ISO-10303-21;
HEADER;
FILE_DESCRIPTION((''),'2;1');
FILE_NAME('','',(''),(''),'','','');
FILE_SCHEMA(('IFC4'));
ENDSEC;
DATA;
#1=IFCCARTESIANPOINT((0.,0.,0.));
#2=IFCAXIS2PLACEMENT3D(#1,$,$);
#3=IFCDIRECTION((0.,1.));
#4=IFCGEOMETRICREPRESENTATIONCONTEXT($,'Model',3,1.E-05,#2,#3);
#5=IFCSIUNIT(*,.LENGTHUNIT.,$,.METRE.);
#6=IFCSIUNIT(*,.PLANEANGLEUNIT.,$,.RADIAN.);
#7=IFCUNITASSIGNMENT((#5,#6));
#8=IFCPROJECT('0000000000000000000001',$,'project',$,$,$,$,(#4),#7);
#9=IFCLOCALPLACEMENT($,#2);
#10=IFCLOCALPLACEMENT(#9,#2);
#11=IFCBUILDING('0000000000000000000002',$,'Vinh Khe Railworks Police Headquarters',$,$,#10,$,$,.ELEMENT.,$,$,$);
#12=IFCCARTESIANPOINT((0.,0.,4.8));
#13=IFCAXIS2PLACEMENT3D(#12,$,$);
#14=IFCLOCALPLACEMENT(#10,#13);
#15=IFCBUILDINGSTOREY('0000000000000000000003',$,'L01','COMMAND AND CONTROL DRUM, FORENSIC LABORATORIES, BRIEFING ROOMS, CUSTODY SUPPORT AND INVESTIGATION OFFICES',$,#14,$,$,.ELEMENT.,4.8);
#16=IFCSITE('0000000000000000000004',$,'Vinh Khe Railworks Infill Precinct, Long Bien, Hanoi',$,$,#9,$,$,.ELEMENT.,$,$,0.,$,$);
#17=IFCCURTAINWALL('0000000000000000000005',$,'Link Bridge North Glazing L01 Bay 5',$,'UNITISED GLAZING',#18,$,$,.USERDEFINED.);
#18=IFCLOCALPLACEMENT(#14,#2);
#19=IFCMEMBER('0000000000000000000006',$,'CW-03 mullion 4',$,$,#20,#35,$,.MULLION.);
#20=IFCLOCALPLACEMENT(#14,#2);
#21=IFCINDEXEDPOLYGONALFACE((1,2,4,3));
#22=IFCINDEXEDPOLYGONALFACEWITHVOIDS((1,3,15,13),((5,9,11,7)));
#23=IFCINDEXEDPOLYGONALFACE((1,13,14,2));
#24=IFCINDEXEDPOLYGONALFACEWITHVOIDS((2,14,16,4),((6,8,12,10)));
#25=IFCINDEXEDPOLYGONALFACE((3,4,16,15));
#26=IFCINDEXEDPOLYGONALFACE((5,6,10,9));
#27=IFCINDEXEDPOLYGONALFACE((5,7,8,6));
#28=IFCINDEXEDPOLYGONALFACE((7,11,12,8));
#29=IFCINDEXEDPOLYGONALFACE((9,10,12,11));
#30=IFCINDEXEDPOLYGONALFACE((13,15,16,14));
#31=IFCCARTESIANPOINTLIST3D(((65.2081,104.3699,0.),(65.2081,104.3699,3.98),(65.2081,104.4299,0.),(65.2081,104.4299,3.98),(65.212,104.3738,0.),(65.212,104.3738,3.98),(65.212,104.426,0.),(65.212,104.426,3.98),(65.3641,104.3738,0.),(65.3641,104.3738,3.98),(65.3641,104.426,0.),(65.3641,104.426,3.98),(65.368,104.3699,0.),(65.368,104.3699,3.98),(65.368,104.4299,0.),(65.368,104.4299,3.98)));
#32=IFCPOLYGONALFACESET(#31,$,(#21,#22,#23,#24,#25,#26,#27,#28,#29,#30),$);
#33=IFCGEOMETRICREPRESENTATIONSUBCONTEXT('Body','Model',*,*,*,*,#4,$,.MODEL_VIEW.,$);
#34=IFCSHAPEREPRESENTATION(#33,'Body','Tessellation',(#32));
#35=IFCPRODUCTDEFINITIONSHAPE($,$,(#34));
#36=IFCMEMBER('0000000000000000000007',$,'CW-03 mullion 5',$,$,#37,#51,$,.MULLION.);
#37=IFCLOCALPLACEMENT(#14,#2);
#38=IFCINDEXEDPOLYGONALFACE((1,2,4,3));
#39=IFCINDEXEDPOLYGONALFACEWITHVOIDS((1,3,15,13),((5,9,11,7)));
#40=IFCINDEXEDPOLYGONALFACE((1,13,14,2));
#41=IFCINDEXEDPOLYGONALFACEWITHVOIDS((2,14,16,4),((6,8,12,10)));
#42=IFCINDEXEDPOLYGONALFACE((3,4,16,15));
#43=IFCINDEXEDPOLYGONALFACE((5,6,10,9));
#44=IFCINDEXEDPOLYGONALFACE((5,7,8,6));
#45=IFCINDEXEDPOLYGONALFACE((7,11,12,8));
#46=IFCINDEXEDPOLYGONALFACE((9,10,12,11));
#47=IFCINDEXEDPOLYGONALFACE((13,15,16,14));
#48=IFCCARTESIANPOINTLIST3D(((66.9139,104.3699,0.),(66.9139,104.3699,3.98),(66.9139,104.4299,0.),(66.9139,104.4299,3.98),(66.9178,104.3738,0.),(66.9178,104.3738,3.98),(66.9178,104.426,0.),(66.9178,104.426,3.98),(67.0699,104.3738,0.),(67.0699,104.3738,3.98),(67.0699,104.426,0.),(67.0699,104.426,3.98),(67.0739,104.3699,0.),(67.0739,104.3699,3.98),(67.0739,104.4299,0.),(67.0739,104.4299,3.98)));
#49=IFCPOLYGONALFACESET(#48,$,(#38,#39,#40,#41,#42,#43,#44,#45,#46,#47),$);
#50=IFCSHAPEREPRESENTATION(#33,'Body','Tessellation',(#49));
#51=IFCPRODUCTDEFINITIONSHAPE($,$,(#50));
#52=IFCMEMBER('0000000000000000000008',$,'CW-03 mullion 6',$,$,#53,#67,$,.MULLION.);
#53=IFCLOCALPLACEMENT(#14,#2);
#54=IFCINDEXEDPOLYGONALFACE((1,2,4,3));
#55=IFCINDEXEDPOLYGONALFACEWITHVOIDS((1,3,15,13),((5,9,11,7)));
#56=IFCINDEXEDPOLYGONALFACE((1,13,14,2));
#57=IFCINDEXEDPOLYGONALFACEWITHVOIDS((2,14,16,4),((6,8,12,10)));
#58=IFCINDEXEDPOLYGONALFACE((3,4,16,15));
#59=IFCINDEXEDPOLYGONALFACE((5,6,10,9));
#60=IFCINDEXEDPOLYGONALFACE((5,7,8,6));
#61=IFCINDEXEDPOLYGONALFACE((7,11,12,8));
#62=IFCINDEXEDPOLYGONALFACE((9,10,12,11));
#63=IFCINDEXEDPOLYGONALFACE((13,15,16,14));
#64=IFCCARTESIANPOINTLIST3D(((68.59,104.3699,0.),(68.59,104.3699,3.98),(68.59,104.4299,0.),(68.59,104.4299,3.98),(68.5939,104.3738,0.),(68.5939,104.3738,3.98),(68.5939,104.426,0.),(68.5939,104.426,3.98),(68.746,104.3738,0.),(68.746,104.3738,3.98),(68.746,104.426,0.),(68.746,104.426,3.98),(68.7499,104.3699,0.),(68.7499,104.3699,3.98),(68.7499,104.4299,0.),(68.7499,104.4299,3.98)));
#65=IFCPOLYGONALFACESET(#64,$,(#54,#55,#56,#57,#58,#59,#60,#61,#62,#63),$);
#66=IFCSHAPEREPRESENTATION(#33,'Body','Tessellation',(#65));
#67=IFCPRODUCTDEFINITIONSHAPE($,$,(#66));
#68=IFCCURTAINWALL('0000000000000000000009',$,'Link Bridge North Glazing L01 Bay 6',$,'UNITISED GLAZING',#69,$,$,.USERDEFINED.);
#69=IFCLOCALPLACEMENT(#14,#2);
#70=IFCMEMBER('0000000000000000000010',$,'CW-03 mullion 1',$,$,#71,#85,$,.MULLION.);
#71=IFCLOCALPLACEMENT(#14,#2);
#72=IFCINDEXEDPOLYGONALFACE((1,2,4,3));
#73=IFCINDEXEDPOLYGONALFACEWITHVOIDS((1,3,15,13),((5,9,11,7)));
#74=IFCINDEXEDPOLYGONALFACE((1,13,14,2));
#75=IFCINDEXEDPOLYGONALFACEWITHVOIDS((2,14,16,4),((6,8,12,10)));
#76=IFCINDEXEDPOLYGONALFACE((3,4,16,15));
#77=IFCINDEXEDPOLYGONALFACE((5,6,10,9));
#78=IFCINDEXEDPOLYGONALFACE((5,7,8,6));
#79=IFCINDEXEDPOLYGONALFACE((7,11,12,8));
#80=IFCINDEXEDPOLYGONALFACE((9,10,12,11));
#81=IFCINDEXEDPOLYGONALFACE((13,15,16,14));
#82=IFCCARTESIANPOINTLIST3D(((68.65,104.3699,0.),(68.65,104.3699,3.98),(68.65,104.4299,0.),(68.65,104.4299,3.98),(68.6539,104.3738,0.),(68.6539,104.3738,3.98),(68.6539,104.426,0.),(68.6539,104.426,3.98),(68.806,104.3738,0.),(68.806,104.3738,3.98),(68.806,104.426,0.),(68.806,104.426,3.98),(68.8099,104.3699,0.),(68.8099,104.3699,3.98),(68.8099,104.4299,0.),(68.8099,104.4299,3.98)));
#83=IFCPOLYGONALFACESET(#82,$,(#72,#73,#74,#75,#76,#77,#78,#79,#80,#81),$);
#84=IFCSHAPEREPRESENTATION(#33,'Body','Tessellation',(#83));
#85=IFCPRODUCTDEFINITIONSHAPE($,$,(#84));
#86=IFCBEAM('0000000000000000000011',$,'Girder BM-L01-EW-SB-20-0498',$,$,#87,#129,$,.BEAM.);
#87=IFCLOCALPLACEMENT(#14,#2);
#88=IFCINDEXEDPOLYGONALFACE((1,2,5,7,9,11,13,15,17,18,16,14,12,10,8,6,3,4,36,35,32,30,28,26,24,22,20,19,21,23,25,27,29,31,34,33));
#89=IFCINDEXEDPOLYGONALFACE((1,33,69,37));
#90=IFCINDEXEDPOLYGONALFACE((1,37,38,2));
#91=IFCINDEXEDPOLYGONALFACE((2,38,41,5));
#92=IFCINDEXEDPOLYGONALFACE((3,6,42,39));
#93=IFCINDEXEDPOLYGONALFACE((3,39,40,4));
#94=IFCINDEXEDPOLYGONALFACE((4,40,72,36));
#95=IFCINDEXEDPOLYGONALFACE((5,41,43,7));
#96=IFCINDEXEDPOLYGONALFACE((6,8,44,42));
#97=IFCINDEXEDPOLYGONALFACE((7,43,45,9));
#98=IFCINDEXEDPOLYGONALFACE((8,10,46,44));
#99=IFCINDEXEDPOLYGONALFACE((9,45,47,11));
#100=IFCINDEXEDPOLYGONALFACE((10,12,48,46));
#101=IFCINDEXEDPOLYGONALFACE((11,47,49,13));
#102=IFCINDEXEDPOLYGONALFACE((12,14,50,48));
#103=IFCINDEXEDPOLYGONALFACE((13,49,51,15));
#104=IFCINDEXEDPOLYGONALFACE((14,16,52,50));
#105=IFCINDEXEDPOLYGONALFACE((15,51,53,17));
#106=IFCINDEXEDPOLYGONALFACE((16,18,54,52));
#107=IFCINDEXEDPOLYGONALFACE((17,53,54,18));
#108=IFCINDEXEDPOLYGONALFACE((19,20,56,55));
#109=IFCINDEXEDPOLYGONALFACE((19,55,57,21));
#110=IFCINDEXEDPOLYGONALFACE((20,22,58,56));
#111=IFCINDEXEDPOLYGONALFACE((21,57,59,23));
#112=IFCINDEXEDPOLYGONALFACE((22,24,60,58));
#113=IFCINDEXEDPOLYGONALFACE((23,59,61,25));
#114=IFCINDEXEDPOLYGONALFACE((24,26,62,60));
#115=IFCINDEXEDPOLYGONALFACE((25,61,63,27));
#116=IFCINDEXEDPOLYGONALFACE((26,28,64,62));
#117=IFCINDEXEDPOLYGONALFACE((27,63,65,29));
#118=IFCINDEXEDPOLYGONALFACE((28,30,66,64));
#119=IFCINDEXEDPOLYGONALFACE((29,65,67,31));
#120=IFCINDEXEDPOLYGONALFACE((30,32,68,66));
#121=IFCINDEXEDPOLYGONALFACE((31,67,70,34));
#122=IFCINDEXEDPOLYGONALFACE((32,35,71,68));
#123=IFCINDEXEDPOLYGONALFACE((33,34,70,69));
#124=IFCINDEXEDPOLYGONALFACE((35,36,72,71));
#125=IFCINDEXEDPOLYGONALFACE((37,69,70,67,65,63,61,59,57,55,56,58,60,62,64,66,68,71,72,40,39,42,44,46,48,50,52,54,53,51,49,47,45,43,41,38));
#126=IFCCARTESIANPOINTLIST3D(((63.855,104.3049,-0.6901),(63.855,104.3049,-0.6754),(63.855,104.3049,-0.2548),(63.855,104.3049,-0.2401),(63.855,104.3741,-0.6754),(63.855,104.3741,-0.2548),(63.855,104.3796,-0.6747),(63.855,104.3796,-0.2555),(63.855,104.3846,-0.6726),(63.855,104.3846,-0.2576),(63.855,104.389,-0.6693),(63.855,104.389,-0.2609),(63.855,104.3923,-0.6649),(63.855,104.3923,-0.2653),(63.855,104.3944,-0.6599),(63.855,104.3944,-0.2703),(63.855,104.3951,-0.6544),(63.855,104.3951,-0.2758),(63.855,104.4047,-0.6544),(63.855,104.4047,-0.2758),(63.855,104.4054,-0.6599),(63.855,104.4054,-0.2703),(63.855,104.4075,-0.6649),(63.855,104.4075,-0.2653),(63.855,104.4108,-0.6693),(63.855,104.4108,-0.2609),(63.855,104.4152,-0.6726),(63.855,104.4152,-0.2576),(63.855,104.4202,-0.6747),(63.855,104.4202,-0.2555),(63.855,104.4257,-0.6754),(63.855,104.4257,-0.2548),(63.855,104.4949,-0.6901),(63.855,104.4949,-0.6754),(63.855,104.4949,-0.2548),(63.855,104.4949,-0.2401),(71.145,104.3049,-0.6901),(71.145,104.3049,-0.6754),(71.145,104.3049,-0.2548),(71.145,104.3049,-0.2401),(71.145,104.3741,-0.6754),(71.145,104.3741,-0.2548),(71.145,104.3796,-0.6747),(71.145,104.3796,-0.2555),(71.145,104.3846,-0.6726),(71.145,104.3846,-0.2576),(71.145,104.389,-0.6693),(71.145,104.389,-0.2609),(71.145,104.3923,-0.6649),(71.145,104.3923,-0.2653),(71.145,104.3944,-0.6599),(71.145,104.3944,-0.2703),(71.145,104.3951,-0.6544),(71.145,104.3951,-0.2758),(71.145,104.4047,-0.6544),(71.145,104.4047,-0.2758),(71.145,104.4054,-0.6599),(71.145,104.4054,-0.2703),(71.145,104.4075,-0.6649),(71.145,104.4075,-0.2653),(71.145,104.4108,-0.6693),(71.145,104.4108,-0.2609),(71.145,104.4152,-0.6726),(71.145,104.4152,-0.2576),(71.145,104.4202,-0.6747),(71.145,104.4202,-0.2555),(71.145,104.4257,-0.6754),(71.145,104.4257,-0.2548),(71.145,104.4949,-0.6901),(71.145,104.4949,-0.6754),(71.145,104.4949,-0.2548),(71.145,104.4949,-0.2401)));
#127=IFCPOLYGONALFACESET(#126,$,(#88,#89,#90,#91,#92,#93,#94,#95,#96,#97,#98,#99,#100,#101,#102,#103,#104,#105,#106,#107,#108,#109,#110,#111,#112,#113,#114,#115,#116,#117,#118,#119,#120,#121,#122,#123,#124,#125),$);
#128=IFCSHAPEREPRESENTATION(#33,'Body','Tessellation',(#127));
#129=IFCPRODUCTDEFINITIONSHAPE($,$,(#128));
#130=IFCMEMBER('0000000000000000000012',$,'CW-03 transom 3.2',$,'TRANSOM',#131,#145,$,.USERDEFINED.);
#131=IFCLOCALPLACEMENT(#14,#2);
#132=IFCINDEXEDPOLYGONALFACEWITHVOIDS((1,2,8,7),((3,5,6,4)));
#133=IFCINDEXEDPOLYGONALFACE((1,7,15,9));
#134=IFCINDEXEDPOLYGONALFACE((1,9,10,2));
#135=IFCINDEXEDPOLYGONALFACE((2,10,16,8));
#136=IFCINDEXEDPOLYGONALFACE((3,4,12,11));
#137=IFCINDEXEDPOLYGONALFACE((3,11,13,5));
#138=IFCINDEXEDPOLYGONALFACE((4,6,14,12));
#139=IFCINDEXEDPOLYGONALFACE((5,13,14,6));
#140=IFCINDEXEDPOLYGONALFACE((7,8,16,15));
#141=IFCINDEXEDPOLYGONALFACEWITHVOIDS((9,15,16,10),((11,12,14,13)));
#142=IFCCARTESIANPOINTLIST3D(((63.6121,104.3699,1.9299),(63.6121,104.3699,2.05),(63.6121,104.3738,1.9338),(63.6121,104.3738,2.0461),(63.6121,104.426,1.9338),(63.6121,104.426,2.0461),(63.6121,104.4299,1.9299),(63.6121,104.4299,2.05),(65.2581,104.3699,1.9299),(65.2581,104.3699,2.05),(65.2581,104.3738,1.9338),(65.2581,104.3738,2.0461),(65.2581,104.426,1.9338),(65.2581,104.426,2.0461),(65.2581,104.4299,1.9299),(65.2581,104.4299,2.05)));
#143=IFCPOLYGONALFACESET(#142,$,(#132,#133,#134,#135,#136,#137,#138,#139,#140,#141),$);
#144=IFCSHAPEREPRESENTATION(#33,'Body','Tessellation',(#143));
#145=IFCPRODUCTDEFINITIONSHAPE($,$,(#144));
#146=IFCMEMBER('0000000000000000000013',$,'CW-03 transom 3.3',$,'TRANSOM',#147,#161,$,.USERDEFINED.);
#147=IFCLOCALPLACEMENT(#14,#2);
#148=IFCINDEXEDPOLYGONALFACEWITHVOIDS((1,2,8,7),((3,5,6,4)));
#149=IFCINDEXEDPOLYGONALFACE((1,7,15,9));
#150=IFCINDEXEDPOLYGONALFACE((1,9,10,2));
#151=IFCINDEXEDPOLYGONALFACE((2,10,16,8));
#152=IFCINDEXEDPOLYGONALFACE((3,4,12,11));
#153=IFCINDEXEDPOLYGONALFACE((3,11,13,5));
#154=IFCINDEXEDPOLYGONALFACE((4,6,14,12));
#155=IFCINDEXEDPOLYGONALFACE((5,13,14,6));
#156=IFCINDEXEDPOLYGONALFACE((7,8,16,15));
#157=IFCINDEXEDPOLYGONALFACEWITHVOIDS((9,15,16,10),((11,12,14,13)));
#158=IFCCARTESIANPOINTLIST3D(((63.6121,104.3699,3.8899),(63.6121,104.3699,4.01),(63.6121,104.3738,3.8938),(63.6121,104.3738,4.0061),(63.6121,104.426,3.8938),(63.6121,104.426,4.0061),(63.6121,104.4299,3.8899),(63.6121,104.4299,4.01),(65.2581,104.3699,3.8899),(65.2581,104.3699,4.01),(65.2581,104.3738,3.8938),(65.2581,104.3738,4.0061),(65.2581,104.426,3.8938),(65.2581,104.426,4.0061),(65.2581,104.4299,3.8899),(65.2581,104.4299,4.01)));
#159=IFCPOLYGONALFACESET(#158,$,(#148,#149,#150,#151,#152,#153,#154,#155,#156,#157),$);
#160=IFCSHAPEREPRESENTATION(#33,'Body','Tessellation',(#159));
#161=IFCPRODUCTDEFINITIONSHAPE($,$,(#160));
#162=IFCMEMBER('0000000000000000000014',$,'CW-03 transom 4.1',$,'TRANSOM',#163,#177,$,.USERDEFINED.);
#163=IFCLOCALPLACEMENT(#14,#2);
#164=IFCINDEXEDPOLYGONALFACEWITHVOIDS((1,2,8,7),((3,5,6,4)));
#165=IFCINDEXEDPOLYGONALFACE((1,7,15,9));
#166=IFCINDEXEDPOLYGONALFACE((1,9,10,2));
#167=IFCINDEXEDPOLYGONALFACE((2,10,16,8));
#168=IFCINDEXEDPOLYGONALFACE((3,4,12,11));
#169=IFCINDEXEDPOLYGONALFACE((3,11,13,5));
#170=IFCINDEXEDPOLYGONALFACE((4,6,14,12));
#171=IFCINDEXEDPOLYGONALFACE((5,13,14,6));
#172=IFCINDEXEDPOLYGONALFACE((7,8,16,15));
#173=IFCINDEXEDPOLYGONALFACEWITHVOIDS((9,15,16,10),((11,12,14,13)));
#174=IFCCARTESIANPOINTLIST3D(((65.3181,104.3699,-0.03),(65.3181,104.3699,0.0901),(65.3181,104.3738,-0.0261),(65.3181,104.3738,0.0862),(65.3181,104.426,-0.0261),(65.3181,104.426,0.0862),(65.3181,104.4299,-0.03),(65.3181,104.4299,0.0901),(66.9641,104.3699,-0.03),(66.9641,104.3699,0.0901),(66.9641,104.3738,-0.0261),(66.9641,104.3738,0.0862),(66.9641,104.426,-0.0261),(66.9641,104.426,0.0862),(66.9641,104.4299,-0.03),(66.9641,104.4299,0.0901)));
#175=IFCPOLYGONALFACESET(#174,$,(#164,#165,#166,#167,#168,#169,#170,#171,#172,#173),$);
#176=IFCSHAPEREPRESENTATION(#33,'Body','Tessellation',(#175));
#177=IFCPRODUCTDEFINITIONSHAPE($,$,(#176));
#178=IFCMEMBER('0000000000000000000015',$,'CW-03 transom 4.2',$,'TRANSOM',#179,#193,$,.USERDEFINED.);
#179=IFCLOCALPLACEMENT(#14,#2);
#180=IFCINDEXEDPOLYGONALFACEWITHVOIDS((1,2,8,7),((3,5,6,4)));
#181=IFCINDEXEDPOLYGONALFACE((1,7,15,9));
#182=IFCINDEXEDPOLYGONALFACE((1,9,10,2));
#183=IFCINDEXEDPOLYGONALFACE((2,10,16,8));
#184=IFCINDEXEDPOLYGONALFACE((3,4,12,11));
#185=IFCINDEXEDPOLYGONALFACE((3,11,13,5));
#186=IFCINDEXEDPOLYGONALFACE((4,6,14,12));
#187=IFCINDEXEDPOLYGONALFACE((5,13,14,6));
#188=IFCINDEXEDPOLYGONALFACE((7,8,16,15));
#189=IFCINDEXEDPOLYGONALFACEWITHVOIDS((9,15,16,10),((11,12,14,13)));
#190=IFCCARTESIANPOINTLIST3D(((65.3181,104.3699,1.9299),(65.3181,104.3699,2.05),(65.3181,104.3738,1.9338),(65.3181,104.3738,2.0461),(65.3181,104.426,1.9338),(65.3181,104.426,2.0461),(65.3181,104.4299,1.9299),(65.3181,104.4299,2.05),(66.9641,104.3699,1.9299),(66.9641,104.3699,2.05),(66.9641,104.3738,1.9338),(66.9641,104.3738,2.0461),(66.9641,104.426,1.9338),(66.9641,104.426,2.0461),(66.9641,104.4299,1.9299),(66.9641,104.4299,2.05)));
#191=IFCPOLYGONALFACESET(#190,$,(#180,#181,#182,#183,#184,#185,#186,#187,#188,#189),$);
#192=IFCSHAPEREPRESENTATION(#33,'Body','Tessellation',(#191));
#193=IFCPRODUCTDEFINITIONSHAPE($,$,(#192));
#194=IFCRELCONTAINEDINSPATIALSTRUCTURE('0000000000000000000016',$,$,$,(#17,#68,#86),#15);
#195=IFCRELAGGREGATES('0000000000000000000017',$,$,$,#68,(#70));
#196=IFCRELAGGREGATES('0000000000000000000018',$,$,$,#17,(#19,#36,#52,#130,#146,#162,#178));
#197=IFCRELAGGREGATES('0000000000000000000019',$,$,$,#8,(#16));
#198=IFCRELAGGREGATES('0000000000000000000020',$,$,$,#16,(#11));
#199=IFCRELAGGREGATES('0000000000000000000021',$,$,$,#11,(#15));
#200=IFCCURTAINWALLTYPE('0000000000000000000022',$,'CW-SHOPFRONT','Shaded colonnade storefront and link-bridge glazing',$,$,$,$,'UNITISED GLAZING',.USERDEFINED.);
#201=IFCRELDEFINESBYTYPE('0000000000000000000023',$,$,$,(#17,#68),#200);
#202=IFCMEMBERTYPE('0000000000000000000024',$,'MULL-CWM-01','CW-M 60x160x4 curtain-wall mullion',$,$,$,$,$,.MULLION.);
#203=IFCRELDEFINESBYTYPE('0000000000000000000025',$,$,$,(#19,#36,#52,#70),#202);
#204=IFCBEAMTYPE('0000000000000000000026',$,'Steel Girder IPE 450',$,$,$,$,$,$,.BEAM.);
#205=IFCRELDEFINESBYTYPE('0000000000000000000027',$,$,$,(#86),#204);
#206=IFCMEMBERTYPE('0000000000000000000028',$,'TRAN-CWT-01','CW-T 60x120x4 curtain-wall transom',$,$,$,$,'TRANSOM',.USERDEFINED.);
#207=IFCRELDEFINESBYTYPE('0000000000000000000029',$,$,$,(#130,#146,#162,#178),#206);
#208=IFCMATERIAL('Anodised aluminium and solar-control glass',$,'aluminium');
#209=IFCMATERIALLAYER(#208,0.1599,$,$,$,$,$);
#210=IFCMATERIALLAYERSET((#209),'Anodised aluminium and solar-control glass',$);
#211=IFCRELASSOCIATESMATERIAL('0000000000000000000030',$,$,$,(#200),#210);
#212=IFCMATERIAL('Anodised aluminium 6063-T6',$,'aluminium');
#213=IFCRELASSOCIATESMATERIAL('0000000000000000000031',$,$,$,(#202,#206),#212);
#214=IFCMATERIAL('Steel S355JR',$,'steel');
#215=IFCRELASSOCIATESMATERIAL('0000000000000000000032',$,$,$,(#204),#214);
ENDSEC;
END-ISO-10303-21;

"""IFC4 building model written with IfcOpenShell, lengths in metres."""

from ifc_helpers import new_model, si_unit, direction, frame, origin, origin_2d, place, context, subcontext, project, spatial, hollow_rectangle, i_section, extrude, material, layer, layer_set, material_profile, profile_set, type_object, element, aggregate, save


model = new_model("IFC4")

# Units and contexts
model_context = context("Model", 3, precision=1e-05, world=origin(), true_north=direction((0.0, 1.0)))
body_context = subcontext(model_context, "Body", "Model", "MODEL_VIEW")
ifc_project = project(units=[si_unit("LENGTHUNIT", "METRE"), si_unit("PLANEANGLEUNIT", "RADIAN")], contexts=[model_context])

# Site, building, storey
site_placement = place(None, origin())
site = spatial("IfcSite", under=ifc_project, at=site_placement, Name="Vinh Khe Railworks Infill Precinct, Long Bien, Hanoi", CompositionType="ELEMENT", RefElevation=0.0)
building_placement = place(site_placement, origin())
building = spatial("IfcBuilding", under=site, at=building_placement, Name="Vinh Khe Railworks Police Headquarters", CompositionType="ELEMENT")
storey_placement = place(building_placement, frame((0.0, 0.0, 4.8)))
storey = spatial("IfcBuildingStorey", under=building, at=storey_placement, Name="L01", Description="COMMAND AND CONTROL DRUM, FORENSIC LABORATORIES, BRIEFING ROOMS, CUSTODY SUPPORT AND INVESTIGATION OFFICES", CompositionType="ELEMENT", Elevation=4.8)

# Curtain wall, members
ifc_material_1 = material(Name="Anodised aluminium and solar-control glass", Category="aluminium")
ifc_layer_1 = layer(ifc_material_1, 0.1599)
ifc_layer_set_1 = layer_set([ifc_layer_1], Name="Anodised aluminium and solar-control glass")
curtain_wall_type = type_object("IfcCurtainWallType", Name="CW-SHOPFRONT", Description="Shaded colonnade storefront and link-bridge glazing", ElementType="UNITISED GLAZING", PredefinedType="USERDEFINED", material=ifc_layer_set_1)
curtain_wall_1_placement = place(storey_placement, origin())
curtain_wall_1 = element("IfcCurtainWall", 1, at=curtain_wall_1_placement, inside=storey, type_object=curtain_wall_type, Name="Link Bridge North Glazing L01 Bay 5", ObjectType="UNITISED GLAZING", PredefinedType="USERDEFINED")
ifc_material_2 = material(Name="Anodised aluminium 6063-T6", Category="aluminium")
ifc_material_profile_1 = material_profile(ifc_material_2, hollow_rectangle(XDim=0.0601, YDim=0.1599, WallThickness=0.0039, at=origin_2d()), Name="CW-M 60x160x4")
ifc_profile_set_1 = profile_set([ifc_material_profile_1], Name="Anodised aluminium 6063-T6")
member_type_1 = type_object("IfcMemberType", Name="MULL-CWM-01", Description="CW-M 60x160x4 curtain-wall mullion", PredefinedType="MULLION", material=ifc_profile_set_1)
member_1_placement = place(storey_placement, frame((65.2881, 104.3999, 0.0), z_axis=(0.0, 0.0, 1.0), x_axis=(0.0, 1.0, 0.0)))
member_1 = element("IfcMember", 2, at=member_1_placement, type_object=member_type_1, Name="CW-03 mullion 4", PredefinedType="MULLION", context=body_context, shape_type="SweptSolid", body=[
    extrude(hollow_rectangle(XDim=0.0601, YDim=0.1599, WallThickness=0.0039, at=origin_2d()), origin(), (0.0, 0.0, 1.0), 3.98),
])
member_2_placement = place(storey_placement, frame((66.9939, 104.3999, 0.0), z_axis=(0.0, 0.0, 1.0), x_axis=(0.0, 1.0, 0.0)))
member_2 = element("IfcMember", 3, at=member_2_placement, type_object=member_type_1, Name="CW-03 mullion 5", PredefinedType="MULLION", context=body_context, shape_type="SweptSolid", body=[
    extrude(hollow_rectangle(XDim=0.0601, YDim=0.1599, WallThickness=0.0039, at=origin_2d()), origin(), (0.0, 0.0, 1.0), 3.98),
])
member_3_placement = place(storey_placement, frame((68.6699, 104.3999, 0.0), z_axis=(0.0, 0.0, 1.0), x_axis=(0.0, 1.0, 0.0)))
member_3 = element("IfcMember", 4, at=member_3_placement, type_object=member_type_1, Name="CW-03 mullion 6", PredefinedType="MULLION", context=body_context, shape_type="SweptSolid", body=[
    extrude(hollow_rectangle(XDim=0.0601, YDim=0.1599, WallThickness=0.0039, at=origin_2d()), origin(), (0.0, 0.0, 1.0), 3.98),
])

# Curtain wall, member
curtain_wall_2_placement = place(storey_placement, origin())
curtain_wall_2 = element("IfcCurtainWall", 5, at=curtain_wall_2_placement, inside=storey, type_object=curtain_wall_type, Name="Link Bridge North Glazing L01 Bay 6", ObjectType="UNITISED GLAZING", PredefinedType="USERDEFINED")
member_4_placement = place(storey_placement, frame((68.73, 104.3999, 0.0), z_axis=(0.0, 0.0, 1.0), x_axis=(0.0, 1.0, 0.0)))
member_4 = element("IfcMember", 6, at=member_4_placement, type_object=member_type_1, Name="CW-03 mullion 1", PredefinedType="MULLION", context=body_context, shape_type="SweptSolid", body=[
    extrude(hollow_rectangle(XDim=0.0601, YDim=0.1599, WallThickness=0.0039, at=origin_2d()), origin(), (0.0, 0.0, 1.0), 3.98),
])

# Beam
ifc_material_3 = material(Name="Steel S355JR", Category="steel")
ifc_material_profile_2 = material_profile(ifc_material_3, i_section(OverallWidth=0.1899, OverallDepth=0.45, WebThickness=0.0095, FlangeThickness=0.0146, FilletRadius=0.021, at=origin_2d()), Name="IPE 450")
ifc_profile_set_2 = profile_set([ifc_material_profile_2], Name="Steel S355JR")
beam_type = type_object("IfcBeamType", Name="Steel Girder IPE 450", PredefinedType="BEAM", material=ifc_profile_set_2)
beam_placement = place(storey_placement, frame((63.855, 104.3999, -0.4651), z_axis=(1.0, 0.0, 0.0), x_axis=(0.0, 1.0, 0.0)))
element("IfcBeam", 7, at=beam_placement, inside=storey, type_object=beam_type, Name="Girder BM-L01-EW-SB-20-0498", PredefinedType="BEAM", context=body_context, shape_type="SweptSolid", body=[
    extrude(i_section(OverallWidth=0.1899, OverallDepth=0.45, WebThickness=0.0095, FlangeThickness=0.0146, FilletRadius=0.021, at=origin_2d()), origin(), (0.0, 0.0, 1.0), 7.29),
])

# Members
ifc_material_profile_3 = material_profile(ifc_material_2, hollow_rectangle(XDim=0.0601, YDim=0.1201, WallThickness=0.0039, at=origin_2d()), Name="CW-T 60x120x4")
ifc_profile_set_3 = profile_set([ifc_material_profile_3], Name="Anodised aluminium 6063-T6")
member_type_2 = type_object("IfcMemberType", Name="TRAN-CWT-01", Description="CW-T 60x120x4 curtain-wall transom", ElementType="TRANSOM", PredefinedType="USERDEFINED", material=ifc_profile_set_3)
member_5_placement = place(storey_placement, frame((63.6121, 104.3999, 1.99), z_axis=(1.0, 0.0, 0.0), x_axis=(0.0, 1.0, 0.0)))
member_5 = element("IfcMember", 8, at=member_5_placement, type_object=member_type_2, Name="CW-03 transom 3.2", ObjectType="TRANSOM", PredefinedType="USERDEFINED", context=body_context, shape_type="SweptSolid", body=[
    extrude(hollow_rectangle(XDim=0.0601, YDim=0.1201, WallThickness=0.0039, at=origin_2d()), origin(), (0.0, 0.0, 1.0), 1.646),
])
member_6_placement = place(storey_placement, frame((63.6121, 104.3999, 3.95), z_axis=(1.0, 0.0, 0.0), x_axis=(0.0, 1.0, 0.0)))
member_6 = element("IfcMember", 9, at=member_6_placement, type_object=member_type_2, Name="CW-03 transom 3.3", ObjectType="TRANSOM", PredefinedType="USERDEFINED", context=body_context, shape_type="SweptSolid", body=[
    extrude(hollow_rectangle(XDim=0.0601, YDim=0.1201, WallThickness=0.0039, at=origin_2d()), origin(), (0.0, 0.0, 1.0), 1.646),
])
member_7_placement = place(storey_placement, frame((65.3181, 104.3999, 0.03), z_axis=(1.0, 0.0, 0.0), x_axis=(0.0, 1.0, 0.0)))
member_7 = element("IfcMember", 10, at=member_7_placement, type_object=member_type_2, Name="CW-03 transom 4.1", ObjectType="TRANSOM", PredefinedType="USERDEFINED", context=body_context, shape_type="SweptSolid", body=[
    extrude(hollow_rectangle(XDim=0.0601, YDim=0.1201, WallThickness=0.0039, at=origin_2d()), origin(), (0.0, 0.0, 1.0), 1.646),
])
member_8_placement = place(storey_placement, frame((65.3181, 104.3999, 1.99), z_axis=(1.0, 0.0, 0.0), x_axis=(0.0, 1.0, 0.0)))
member_8 = element("IfcMember", 11, at=member_8_placement, type_object=member_type_2, Name="CW-03 transom 4.2", ObjectType="TRANSOM", PredefinedType="USERDEFINED", context=body_context, shape_type="SweptSolid", body=[
    extrude(hollow_rectangle(XDim=0.0601, YDim=0.1201, WallThickness=0.0039, at=origin_2d()), origin(), (0.0, 0.0, 1.0), 1.646),
])
aggregate(curtain_wall_2, [member_4])

aggregate(curtain_wall_1, [member_1, member_2, member_3, member_5, member_6, member_7, member_8])

save(model, "model.ifc")
